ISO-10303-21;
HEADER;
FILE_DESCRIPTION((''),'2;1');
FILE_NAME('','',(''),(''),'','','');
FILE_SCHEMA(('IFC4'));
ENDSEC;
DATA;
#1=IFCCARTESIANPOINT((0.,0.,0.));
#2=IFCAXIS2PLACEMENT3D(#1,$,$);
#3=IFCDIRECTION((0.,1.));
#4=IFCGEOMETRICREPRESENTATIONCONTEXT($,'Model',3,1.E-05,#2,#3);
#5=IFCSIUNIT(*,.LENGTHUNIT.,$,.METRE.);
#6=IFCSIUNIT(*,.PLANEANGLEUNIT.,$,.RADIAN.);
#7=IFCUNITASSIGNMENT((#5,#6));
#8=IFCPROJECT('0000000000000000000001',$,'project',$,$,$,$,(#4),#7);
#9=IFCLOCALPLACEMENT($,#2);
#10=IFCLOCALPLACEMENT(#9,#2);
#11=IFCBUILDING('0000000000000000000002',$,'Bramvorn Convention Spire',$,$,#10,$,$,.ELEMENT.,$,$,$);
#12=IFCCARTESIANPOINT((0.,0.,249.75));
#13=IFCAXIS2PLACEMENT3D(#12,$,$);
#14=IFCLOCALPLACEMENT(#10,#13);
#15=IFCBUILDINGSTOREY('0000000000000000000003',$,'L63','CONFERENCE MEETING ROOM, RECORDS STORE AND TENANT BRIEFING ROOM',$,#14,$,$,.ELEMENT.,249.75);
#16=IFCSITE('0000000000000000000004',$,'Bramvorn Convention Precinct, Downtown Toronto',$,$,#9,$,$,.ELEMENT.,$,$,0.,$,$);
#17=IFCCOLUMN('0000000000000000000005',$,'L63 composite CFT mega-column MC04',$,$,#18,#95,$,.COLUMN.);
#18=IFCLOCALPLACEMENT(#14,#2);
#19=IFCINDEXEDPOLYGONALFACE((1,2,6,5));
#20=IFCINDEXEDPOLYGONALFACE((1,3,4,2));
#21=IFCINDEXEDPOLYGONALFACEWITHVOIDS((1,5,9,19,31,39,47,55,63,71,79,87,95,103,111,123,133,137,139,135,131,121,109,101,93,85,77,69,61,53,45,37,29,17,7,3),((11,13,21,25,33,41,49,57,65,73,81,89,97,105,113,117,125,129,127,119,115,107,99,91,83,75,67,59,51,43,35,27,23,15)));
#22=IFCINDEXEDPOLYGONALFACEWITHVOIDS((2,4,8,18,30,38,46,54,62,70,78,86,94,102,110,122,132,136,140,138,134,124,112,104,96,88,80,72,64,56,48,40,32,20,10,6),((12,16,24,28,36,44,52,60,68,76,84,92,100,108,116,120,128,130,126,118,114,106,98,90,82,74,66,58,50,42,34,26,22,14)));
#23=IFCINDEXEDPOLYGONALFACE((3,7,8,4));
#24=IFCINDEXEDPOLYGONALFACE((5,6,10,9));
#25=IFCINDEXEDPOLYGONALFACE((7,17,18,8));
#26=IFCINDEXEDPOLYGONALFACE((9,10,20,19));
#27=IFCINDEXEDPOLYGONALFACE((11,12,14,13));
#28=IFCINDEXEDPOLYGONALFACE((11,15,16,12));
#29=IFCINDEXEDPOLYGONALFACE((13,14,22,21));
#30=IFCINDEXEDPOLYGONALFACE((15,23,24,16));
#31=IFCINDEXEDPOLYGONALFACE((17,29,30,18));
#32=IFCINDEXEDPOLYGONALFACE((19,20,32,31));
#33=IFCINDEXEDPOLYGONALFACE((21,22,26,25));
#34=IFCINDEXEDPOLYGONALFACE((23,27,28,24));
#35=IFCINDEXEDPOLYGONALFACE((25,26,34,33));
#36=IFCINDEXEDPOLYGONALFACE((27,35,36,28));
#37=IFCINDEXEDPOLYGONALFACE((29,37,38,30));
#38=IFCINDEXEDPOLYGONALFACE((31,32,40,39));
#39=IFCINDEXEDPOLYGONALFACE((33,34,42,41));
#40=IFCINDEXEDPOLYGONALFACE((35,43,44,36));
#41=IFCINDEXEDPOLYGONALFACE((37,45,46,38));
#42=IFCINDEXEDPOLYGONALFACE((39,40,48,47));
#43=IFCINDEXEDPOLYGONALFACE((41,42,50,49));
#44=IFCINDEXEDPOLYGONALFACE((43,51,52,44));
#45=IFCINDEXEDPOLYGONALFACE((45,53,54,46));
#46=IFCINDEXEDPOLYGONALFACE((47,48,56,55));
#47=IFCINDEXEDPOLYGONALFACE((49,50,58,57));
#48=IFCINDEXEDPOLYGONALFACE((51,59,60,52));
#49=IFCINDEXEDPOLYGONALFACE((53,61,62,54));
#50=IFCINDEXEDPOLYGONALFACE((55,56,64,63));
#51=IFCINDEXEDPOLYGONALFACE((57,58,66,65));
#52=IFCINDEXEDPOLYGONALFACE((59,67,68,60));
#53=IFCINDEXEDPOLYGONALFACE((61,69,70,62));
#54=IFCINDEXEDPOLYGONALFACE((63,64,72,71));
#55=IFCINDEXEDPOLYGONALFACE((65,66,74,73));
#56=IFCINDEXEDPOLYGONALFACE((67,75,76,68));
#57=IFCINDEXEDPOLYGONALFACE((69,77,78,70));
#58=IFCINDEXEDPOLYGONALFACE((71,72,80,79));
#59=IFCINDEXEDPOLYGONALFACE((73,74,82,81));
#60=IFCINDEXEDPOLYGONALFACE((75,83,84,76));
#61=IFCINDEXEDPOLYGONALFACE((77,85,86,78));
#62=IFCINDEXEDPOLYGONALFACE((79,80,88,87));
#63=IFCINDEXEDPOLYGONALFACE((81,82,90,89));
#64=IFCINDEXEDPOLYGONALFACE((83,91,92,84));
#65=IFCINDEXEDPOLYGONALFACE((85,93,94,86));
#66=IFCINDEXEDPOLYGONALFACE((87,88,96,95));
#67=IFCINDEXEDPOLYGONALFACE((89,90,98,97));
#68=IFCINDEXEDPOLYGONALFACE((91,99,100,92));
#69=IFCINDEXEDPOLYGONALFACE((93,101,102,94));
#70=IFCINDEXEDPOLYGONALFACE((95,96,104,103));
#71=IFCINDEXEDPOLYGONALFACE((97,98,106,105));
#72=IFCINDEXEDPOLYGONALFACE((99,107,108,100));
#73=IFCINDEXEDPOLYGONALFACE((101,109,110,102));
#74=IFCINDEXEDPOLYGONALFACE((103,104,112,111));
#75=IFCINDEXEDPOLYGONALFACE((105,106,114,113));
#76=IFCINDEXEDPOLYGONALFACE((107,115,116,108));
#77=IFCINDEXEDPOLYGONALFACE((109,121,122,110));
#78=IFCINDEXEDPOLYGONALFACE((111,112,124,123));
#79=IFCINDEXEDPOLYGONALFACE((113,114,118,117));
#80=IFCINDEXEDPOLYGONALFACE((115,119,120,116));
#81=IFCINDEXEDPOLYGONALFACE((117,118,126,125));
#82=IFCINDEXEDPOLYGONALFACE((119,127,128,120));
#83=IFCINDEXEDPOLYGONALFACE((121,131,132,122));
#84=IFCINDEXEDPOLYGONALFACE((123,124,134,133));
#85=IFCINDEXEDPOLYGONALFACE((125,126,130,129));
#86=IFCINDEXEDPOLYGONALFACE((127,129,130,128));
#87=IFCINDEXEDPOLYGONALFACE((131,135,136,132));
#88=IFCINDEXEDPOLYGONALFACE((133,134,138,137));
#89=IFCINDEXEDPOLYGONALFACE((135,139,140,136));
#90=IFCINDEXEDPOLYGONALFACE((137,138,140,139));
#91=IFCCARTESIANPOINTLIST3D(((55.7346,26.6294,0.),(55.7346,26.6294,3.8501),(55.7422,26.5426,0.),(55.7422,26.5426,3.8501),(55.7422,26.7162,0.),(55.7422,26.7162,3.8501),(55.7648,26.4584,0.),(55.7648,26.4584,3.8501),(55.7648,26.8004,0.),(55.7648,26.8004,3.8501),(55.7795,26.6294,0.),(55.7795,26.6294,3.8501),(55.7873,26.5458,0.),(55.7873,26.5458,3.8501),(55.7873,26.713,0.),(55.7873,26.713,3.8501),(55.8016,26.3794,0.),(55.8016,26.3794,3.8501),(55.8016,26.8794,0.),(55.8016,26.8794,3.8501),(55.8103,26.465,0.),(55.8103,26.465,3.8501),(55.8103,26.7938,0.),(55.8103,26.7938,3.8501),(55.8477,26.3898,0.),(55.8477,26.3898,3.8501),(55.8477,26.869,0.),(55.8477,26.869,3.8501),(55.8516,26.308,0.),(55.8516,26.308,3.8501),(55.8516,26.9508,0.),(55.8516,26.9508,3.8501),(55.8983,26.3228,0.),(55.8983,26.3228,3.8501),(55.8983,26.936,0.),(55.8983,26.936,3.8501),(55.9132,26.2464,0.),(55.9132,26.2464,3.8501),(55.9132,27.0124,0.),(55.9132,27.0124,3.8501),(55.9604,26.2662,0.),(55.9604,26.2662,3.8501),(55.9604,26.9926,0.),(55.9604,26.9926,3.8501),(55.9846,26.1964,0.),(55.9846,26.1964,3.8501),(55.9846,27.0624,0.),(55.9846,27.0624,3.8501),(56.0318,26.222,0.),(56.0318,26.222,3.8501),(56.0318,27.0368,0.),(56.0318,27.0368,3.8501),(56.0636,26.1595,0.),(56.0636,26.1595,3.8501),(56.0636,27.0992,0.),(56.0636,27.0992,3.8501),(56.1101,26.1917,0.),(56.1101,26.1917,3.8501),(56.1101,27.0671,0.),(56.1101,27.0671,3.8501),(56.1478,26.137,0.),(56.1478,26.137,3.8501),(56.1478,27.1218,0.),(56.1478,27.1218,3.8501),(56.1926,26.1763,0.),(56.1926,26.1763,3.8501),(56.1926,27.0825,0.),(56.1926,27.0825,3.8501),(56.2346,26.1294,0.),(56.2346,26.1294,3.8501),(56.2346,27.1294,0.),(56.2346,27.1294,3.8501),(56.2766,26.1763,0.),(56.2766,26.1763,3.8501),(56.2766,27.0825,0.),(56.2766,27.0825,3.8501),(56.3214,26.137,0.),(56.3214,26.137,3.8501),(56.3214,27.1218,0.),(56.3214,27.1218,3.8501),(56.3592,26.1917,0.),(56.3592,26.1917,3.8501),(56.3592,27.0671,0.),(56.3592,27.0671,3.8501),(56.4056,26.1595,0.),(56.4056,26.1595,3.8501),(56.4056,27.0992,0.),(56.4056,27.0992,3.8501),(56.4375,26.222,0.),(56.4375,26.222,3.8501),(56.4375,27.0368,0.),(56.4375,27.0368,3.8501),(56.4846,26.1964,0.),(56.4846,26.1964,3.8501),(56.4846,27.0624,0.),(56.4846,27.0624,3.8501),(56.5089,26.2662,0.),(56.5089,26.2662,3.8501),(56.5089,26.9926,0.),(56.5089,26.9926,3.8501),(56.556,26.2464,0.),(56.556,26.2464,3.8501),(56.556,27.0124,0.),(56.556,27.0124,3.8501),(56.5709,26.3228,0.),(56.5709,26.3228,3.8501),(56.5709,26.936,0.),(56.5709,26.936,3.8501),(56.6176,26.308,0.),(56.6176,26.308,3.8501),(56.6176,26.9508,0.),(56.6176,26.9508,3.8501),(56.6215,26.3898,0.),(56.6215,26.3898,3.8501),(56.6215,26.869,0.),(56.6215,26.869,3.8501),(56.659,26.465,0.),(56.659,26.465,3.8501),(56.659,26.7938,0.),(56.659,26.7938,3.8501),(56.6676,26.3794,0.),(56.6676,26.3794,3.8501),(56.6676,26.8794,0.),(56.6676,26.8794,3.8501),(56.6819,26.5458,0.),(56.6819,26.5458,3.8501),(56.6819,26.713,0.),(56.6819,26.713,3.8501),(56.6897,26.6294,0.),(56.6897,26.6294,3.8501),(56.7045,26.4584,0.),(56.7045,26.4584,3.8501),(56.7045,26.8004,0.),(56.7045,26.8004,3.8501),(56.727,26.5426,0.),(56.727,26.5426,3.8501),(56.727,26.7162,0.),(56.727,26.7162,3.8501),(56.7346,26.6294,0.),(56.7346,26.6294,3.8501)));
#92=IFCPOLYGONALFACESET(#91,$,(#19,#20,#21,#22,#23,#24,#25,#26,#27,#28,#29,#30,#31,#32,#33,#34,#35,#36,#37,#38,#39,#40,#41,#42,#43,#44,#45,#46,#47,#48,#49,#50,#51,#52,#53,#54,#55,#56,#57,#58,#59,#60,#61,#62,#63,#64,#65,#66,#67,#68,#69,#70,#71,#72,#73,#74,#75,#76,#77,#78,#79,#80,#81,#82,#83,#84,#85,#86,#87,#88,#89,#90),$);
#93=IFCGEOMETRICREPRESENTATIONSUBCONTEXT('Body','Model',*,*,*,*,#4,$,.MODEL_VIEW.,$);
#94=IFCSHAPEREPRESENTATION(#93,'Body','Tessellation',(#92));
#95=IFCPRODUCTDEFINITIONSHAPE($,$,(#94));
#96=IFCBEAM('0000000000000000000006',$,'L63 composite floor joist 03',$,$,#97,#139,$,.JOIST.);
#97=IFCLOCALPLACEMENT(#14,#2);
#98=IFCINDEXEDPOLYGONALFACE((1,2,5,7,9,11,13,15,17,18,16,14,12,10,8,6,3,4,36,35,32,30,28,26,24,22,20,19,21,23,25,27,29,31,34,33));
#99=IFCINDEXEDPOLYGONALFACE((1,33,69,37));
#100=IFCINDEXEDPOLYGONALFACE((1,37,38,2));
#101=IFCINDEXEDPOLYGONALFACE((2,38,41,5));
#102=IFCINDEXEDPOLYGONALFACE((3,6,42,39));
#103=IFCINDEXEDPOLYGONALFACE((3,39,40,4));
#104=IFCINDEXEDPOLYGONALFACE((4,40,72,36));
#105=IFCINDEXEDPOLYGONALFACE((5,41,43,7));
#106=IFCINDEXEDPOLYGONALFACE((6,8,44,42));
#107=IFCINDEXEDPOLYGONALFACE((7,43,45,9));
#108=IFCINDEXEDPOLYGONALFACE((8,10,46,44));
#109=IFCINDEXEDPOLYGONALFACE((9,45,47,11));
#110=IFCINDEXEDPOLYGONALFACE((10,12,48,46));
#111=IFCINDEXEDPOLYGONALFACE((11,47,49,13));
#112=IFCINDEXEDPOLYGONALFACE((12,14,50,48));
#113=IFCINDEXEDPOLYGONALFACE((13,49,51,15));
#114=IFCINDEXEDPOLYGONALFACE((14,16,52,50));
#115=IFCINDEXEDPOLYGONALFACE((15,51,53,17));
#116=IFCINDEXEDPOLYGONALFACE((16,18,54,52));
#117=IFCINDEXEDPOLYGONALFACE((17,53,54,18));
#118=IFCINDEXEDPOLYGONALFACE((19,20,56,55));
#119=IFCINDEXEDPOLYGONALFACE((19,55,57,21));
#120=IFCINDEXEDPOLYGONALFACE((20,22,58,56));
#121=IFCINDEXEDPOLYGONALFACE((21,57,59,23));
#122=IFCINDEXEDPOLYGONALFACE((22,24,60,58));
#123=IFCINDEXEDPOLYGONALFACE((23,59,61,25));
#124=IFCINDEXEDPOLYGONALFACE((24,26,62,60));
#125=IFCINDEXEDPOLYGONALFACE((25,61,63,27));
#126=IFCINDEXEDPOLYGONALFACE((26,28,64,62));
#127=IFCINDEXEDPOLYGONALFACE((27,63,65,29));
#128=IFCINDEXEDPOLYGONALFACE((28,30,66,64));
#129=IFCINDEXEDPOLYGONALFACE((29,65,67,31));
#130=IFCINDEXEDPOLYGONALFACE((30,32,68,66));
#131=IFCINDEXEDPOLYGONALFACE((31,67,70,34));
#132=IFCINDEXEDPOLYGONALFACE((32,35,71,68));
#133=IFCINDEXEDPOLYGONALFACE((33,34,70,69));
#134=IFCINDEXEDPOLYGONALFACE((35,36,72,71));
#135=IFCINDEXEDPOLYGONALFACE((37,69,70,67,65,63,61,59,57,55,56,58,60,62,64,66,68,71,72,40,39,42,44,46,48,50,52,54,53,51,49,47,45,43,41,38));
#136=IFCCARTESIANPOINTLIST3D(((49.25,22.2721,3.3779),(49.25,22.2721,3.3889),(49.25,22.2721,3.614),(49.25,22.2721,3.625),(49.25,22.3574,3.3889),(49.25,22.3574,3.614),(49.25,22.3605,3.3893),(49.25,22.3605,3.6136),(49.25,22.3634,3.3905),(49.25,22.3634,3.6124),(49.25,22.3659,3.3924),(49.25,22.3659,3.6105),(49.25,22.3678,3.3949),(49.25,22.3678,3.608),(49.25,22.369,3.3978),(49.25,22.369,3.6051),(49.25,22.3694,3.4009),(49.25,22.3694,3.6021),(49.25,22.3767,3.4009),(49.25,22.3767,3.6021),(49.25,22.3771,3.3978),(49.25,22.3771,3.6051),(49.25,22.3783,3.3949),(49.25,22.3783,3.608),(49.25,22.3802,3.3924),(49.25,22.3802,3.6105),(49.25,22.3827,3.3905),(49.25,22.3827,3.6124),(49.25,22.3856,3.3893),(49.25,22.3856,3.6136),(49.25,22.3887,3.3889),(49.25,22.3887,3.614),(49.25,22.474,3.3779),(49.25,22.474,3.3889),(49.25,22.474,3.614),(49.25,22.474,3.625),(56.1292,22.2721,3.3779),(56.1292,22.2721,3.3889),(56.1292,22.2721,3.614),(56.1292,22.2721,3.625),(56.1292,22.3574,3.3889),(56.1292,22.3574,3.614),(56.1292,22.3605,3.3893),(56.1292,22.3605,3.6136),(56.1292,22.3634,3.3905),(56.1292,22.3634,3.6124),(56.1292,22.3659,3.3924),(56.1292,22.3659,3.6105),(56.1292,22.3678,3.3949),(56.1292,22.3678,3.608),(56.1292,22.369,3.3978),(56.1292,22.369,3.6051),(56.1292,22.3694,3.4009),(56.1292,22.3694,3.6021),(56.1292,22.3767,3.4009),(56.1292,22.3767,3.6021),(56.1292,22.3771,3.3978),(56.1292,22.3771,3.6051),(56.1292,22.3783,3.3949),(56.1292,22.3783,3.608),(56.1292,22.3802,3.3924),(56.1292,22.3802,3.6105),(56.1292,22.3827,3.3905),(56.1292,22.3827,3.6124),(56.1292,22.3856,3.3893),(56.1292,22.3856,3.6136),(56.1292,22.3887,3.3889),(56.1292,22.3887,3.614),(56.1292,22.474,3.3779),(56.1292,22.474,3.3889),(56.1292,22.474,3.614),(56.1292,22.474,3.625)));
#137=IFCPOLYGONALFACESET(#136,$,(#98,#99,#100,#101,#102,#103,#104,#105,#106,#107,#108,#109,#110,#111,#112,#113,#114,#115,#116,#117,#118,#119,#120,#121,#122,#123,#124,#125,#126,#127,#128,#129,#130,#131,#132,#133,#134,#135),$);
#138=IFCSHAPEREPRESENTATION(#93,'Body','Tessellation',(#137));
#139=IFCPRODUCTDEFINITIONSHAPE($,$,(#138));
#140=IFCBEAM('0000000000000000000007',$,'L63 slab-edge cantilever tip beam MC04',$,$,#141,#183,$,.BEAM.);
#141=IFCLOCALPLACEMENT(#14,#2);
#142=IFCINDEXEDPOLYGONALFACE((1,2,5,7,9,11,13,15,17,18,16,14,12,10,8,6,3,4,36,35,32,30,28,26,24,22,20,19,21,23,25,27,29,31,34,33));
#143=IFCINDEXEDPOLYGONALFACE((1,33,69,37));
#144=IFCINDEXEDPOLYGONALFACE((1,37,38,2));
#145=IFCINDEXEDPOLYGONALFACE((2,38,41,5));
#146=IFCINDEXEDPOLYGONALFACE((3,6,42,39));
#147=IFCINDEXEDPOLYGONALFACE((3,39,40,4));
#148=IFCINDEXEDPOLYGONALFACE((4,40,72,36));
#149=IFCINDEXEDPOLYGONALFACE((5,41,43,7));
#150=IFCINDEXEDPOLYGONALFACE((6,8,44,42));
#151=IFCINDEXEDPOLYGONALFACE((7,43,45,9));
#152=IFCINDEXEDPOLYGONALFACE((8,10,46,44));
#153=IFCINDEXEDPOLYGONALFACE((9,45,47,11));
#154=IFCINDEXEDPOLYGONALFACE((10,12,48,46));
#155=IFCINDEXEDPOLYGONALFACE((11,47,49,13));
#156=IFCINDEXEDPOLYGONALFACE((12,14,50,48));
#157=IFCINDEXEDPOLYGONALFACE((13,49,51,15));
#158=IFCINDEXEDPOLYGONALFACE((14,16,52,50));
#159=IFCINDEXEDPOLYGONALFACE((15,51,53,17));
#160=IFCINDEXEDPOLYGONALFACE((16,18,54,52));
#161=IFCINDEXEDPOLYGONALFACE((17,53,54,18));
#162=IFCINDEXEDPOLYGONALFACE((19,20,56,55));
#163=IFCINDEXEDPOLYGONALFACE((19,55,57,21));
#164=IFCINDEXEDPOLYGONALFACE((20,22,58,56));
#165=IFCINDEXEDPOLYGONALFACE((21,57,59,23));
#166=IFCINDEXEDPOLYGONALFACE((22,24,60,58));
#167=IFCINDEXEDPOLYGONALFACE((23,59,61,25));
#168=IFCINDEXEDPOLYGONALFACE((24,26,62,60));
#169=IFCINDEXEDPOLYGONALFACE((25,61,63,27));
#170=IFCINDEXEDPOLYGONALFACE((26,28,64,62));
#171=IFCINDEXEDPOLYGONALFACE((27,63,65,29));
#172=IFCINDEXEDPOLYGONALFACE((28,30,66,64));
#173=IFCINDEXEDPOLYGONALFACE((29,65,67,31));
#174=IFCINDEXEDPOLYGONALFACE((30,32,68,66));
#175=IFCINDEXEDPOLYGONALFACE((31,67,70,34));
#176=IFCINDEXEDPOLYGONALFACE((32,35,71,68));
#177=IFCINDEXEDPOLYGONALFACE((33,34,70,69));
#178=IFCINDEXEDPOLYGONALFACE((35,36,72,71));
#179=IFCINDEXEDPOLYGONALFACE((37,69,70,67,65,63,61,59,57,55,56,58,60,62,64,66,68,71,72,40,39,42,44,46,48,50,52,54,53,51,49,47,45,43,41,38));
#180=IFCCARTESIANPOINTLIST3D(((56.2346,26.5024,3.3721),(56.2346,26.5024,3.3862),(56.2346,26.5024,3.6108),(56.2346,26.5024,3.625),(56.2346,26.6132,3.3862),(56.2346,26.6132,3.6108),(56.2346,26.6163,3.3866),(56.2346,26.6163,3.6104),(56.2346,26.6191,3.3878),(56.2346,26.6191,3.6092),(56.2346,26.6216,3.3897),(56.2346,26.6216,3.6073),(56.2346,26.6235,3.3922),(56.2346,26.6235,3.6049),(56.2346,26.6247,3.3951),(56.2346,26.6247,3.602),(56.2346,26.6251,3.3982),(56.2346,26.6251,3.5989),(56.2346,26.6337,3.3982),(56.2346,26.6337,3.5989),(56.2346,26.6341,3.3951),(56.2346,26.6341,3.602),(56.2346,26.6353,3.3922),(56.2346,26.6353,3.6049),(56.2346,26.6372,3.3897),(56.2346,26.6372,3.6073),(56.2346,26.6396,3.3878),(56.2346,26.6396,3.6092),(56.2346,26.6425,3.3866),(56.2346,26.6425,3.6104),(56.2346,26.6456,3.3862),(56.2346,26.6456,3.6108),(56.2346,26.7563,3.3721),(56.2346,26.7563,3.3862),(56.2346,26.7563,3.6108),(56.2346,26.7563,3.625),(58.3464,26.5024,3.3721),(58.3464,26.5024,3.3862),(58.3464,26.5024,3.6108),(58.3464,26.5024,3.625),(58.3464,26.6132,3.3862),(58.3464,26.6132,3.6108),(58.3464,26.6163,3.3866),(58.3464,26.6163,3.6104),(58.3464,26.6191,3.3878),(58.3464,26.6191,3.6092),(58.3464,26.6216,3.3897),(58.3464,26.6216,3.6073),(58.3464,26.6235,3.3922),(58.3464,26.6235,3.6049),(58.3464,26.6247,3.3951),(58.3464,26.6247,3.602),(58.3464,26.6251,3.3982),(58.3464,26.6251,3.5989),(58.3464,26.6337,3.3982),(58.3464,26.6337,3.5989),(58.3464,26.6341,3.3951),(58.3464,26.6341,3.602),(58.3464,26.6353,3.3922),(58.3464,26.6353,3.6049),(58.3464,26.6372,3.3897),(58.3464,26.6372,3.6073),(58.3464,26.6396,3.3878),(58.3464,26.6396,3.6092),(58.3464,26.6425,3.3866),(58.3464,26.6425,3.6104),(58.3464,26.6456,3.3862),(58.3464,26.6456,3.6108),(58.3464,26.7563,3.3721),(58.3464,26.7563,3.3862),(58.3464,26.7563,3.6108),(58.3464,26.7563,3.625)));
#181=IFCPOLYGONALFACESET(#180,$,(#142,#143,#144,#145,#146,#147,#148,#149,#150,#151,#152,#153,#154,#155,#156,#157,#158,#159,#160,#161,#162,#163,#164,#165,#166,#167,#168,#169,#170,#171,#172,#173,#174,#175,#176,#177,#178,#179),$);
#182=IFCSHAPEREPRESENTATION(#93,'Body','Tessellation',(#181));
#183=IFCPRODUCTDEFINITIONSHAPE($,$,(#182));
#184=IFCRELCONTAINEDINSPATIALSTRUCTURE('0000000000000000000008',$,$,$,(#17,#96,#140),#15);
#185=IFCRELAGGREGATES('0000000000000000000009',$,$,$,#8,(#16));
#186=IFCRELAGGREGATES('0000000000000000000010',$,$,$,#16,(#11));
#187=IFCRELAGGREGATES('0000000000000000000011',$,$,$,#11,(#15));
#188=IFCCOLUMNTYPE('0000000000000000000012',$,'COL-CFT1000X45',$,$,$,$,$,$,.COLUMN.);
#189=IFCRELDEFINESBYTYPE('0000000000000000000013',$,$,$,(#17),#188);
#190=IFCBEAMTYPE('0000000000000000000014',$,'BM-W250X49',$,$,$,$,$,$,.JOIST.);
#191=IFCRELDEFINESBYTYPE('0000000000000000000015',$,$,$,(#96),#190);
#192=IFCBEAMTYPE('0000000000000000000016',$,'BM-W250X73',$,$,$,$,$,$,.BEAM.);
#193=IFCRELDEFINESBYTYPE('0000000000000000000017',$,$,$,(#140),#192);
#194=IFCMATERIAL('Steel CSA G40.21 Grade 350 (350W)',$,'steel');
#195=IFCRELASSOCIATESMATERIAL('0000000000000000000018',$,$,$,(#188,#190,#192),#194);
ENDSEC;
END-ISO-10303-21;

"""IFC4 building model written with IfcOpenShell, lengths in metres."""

from ifc_helpers import new_model, si_unit, direction, frame, origin, origin_2d, place, context, subcontext, project, spatial, hollow_circle, i_section, extrude, material, material_profile, profile_set, type_object, element, save


model = new_model("IFC4")

# Units and contexts
model_context = context("Model", 3, precision=1e-05, world=origin(), true_north=direction((0.0, 1.0)))
body_context = subcontext(model_context, "Body", "Model", "MODEL_VIEW")
ifc_project = project(units=[si_unit("LENGTHUNIT", "METRE"), si_unit("PLANEANGLEUNIT", "RADIAN")], contexts=[model_context])

# Site, building, storey
site_placement = place(None, origin())
site = spatial("IfcSite", under=ifc_project, at=site_placement, Name="Bramvorn Convention Precinct, Downtown Toronto", CompositionType="ELEMENT", RefElevation=0.0)
building_placement = place(site_placement, origin())
building = spatial("IfcBuilding", under=site, at=building_placement, Name="Bramvorn Convention Spire", CompositionType="ELEMENT")
storey_placement = place(building_placement, frame((0.0, 0.0, 249.75)))
storey = spatial("IfcBuildingStorey", under=building, at=storey_placement, Name="L63", Description="CONFERENCE MEETING ROOM, RECORDS STORE AND TENANT BRIEFING ROOM", CompositionType="ELEMENT", Elevation=249.75)

# Column
ifc_material_1 = material(Name="Steel CSA G40.21 Grade 350 (350W)", Category="steel")
ifc_material_profile_1 = material_profile(ifc_material_1, hollow_circle(Radius=0.5, WallThickness=0.0449, at=origin_2d()))
ifc_profile_set_1 = profile_set([ifc_material_profile_1], Name="Steel CSA G40.21 Grade 350 (350W) - CFT1000X45")
column_type = type_object("IfcColumnType", Name="COL-CFT1000X45", PredefinedType="COLUMN", material=ifc_profile_set_1)
column_placement = place(storey_placement, frame((56.2346, 26.6294, 0.0), z_axis=(0.0, 0.0, 1.0), x_axis=(1.0, 0.0, 0.0)))
element("IfcColumn", 1, at=column_placement, inside=storey, type_object=column_type, Name="L63 composite CFT mega-column MC04", PredefinedType="COLUMN", context=body_context, shape_type="SweptSolid", body=[
    extrude(hollow_circle(Radius=0.5, WallThickness=0.0449, at=origin_2d()), origin(), (0.0, 0.0, 1.0), 3.8501),
])

# Beams
ifc_material_profile_2 = material_profile(ifc_material_1, i_section(OverallWidth=0.2019, OverallDepth=0.2471, WebThickness=0.0073, FlangeThickness=0.011, FilletRadius=0.012, at=origin_2d()))
ifc_profile_set_2 = profile_set([ifc_material_profile_2], Name="Steel CSA G40.21 Grade 350 (350W) - W250X49")
beam_type_1 = type_object("IfcBeamType", Name="BM-W250X49", PredefinedType="JOIST", material=ifc_profile_set_2)
beam_1_placement = place(storey_placement, frame((49.25, 22.373, 3.5015), z_axis=(1.0, 0.0, 0.0), x_axis=(0.0, 1.0, 0.0)))
element("IfcBeam", 2, at=beam_1_placement, inside=storey, type_object=beam_type_1, Name="L63 composite floor joist 03", PredefinedType="JOIST", context=body_context, shape_type="SweptSolid", body=[
    extrude(i_section(OverallWidth=0.2019, OverallDepth=0.2471, WebThickness=0.0073, FlangeThickness=0.011, FilletRadius=0.012, at=origin_2d()), origin(), (0.0, 0.0, 1.0), 6.8792),
])
ifc_material_profile_3 = material_profile(ifc_material_1, i_section(OverallWidth=0.2539, OverallDepth=0.2529, WebThickness=0.0085, FlangeThickness=0.0142, FilletRadius=0.012, at=origin_2d()))
ifc_profile_set_3 = profile_set([ifc_material_profile_3], Name="Steel CSA G40.21 Grade 350 (350W) - W250X73")
beam_type_2 = type_object("IfcBeamType", Name="BM-W250X73", PredefinedType="BEAM", material=ifc_profile_set_3)
beam_2_placement = place(storey_placement, frame((56.2346, 26.6294, 3.4985), z_axis=(1.0, 0.0, 0.0), x_axis=(0.0, 1.0, 0.0)))
element("IfcBeam", 3, at=beam_2_placement, inside=storey, type_object=beam_type_2, Name="L63 slab-edge cantilever tip beam MC04", PredefinedType="BEAM", context=body_context, shape_type="SweptSolid", body=[
    extrude(i_section(OverallWidth=0.2539, OverallDepth=0.2529, WebThickness=0.0085, FlangeThickness=0.0142, FilletRadius=0.012, at=origin_2d()), origin(), (0.0, 0.0, 1.0), 2.1118),
])

save(model, "model.ifc")
